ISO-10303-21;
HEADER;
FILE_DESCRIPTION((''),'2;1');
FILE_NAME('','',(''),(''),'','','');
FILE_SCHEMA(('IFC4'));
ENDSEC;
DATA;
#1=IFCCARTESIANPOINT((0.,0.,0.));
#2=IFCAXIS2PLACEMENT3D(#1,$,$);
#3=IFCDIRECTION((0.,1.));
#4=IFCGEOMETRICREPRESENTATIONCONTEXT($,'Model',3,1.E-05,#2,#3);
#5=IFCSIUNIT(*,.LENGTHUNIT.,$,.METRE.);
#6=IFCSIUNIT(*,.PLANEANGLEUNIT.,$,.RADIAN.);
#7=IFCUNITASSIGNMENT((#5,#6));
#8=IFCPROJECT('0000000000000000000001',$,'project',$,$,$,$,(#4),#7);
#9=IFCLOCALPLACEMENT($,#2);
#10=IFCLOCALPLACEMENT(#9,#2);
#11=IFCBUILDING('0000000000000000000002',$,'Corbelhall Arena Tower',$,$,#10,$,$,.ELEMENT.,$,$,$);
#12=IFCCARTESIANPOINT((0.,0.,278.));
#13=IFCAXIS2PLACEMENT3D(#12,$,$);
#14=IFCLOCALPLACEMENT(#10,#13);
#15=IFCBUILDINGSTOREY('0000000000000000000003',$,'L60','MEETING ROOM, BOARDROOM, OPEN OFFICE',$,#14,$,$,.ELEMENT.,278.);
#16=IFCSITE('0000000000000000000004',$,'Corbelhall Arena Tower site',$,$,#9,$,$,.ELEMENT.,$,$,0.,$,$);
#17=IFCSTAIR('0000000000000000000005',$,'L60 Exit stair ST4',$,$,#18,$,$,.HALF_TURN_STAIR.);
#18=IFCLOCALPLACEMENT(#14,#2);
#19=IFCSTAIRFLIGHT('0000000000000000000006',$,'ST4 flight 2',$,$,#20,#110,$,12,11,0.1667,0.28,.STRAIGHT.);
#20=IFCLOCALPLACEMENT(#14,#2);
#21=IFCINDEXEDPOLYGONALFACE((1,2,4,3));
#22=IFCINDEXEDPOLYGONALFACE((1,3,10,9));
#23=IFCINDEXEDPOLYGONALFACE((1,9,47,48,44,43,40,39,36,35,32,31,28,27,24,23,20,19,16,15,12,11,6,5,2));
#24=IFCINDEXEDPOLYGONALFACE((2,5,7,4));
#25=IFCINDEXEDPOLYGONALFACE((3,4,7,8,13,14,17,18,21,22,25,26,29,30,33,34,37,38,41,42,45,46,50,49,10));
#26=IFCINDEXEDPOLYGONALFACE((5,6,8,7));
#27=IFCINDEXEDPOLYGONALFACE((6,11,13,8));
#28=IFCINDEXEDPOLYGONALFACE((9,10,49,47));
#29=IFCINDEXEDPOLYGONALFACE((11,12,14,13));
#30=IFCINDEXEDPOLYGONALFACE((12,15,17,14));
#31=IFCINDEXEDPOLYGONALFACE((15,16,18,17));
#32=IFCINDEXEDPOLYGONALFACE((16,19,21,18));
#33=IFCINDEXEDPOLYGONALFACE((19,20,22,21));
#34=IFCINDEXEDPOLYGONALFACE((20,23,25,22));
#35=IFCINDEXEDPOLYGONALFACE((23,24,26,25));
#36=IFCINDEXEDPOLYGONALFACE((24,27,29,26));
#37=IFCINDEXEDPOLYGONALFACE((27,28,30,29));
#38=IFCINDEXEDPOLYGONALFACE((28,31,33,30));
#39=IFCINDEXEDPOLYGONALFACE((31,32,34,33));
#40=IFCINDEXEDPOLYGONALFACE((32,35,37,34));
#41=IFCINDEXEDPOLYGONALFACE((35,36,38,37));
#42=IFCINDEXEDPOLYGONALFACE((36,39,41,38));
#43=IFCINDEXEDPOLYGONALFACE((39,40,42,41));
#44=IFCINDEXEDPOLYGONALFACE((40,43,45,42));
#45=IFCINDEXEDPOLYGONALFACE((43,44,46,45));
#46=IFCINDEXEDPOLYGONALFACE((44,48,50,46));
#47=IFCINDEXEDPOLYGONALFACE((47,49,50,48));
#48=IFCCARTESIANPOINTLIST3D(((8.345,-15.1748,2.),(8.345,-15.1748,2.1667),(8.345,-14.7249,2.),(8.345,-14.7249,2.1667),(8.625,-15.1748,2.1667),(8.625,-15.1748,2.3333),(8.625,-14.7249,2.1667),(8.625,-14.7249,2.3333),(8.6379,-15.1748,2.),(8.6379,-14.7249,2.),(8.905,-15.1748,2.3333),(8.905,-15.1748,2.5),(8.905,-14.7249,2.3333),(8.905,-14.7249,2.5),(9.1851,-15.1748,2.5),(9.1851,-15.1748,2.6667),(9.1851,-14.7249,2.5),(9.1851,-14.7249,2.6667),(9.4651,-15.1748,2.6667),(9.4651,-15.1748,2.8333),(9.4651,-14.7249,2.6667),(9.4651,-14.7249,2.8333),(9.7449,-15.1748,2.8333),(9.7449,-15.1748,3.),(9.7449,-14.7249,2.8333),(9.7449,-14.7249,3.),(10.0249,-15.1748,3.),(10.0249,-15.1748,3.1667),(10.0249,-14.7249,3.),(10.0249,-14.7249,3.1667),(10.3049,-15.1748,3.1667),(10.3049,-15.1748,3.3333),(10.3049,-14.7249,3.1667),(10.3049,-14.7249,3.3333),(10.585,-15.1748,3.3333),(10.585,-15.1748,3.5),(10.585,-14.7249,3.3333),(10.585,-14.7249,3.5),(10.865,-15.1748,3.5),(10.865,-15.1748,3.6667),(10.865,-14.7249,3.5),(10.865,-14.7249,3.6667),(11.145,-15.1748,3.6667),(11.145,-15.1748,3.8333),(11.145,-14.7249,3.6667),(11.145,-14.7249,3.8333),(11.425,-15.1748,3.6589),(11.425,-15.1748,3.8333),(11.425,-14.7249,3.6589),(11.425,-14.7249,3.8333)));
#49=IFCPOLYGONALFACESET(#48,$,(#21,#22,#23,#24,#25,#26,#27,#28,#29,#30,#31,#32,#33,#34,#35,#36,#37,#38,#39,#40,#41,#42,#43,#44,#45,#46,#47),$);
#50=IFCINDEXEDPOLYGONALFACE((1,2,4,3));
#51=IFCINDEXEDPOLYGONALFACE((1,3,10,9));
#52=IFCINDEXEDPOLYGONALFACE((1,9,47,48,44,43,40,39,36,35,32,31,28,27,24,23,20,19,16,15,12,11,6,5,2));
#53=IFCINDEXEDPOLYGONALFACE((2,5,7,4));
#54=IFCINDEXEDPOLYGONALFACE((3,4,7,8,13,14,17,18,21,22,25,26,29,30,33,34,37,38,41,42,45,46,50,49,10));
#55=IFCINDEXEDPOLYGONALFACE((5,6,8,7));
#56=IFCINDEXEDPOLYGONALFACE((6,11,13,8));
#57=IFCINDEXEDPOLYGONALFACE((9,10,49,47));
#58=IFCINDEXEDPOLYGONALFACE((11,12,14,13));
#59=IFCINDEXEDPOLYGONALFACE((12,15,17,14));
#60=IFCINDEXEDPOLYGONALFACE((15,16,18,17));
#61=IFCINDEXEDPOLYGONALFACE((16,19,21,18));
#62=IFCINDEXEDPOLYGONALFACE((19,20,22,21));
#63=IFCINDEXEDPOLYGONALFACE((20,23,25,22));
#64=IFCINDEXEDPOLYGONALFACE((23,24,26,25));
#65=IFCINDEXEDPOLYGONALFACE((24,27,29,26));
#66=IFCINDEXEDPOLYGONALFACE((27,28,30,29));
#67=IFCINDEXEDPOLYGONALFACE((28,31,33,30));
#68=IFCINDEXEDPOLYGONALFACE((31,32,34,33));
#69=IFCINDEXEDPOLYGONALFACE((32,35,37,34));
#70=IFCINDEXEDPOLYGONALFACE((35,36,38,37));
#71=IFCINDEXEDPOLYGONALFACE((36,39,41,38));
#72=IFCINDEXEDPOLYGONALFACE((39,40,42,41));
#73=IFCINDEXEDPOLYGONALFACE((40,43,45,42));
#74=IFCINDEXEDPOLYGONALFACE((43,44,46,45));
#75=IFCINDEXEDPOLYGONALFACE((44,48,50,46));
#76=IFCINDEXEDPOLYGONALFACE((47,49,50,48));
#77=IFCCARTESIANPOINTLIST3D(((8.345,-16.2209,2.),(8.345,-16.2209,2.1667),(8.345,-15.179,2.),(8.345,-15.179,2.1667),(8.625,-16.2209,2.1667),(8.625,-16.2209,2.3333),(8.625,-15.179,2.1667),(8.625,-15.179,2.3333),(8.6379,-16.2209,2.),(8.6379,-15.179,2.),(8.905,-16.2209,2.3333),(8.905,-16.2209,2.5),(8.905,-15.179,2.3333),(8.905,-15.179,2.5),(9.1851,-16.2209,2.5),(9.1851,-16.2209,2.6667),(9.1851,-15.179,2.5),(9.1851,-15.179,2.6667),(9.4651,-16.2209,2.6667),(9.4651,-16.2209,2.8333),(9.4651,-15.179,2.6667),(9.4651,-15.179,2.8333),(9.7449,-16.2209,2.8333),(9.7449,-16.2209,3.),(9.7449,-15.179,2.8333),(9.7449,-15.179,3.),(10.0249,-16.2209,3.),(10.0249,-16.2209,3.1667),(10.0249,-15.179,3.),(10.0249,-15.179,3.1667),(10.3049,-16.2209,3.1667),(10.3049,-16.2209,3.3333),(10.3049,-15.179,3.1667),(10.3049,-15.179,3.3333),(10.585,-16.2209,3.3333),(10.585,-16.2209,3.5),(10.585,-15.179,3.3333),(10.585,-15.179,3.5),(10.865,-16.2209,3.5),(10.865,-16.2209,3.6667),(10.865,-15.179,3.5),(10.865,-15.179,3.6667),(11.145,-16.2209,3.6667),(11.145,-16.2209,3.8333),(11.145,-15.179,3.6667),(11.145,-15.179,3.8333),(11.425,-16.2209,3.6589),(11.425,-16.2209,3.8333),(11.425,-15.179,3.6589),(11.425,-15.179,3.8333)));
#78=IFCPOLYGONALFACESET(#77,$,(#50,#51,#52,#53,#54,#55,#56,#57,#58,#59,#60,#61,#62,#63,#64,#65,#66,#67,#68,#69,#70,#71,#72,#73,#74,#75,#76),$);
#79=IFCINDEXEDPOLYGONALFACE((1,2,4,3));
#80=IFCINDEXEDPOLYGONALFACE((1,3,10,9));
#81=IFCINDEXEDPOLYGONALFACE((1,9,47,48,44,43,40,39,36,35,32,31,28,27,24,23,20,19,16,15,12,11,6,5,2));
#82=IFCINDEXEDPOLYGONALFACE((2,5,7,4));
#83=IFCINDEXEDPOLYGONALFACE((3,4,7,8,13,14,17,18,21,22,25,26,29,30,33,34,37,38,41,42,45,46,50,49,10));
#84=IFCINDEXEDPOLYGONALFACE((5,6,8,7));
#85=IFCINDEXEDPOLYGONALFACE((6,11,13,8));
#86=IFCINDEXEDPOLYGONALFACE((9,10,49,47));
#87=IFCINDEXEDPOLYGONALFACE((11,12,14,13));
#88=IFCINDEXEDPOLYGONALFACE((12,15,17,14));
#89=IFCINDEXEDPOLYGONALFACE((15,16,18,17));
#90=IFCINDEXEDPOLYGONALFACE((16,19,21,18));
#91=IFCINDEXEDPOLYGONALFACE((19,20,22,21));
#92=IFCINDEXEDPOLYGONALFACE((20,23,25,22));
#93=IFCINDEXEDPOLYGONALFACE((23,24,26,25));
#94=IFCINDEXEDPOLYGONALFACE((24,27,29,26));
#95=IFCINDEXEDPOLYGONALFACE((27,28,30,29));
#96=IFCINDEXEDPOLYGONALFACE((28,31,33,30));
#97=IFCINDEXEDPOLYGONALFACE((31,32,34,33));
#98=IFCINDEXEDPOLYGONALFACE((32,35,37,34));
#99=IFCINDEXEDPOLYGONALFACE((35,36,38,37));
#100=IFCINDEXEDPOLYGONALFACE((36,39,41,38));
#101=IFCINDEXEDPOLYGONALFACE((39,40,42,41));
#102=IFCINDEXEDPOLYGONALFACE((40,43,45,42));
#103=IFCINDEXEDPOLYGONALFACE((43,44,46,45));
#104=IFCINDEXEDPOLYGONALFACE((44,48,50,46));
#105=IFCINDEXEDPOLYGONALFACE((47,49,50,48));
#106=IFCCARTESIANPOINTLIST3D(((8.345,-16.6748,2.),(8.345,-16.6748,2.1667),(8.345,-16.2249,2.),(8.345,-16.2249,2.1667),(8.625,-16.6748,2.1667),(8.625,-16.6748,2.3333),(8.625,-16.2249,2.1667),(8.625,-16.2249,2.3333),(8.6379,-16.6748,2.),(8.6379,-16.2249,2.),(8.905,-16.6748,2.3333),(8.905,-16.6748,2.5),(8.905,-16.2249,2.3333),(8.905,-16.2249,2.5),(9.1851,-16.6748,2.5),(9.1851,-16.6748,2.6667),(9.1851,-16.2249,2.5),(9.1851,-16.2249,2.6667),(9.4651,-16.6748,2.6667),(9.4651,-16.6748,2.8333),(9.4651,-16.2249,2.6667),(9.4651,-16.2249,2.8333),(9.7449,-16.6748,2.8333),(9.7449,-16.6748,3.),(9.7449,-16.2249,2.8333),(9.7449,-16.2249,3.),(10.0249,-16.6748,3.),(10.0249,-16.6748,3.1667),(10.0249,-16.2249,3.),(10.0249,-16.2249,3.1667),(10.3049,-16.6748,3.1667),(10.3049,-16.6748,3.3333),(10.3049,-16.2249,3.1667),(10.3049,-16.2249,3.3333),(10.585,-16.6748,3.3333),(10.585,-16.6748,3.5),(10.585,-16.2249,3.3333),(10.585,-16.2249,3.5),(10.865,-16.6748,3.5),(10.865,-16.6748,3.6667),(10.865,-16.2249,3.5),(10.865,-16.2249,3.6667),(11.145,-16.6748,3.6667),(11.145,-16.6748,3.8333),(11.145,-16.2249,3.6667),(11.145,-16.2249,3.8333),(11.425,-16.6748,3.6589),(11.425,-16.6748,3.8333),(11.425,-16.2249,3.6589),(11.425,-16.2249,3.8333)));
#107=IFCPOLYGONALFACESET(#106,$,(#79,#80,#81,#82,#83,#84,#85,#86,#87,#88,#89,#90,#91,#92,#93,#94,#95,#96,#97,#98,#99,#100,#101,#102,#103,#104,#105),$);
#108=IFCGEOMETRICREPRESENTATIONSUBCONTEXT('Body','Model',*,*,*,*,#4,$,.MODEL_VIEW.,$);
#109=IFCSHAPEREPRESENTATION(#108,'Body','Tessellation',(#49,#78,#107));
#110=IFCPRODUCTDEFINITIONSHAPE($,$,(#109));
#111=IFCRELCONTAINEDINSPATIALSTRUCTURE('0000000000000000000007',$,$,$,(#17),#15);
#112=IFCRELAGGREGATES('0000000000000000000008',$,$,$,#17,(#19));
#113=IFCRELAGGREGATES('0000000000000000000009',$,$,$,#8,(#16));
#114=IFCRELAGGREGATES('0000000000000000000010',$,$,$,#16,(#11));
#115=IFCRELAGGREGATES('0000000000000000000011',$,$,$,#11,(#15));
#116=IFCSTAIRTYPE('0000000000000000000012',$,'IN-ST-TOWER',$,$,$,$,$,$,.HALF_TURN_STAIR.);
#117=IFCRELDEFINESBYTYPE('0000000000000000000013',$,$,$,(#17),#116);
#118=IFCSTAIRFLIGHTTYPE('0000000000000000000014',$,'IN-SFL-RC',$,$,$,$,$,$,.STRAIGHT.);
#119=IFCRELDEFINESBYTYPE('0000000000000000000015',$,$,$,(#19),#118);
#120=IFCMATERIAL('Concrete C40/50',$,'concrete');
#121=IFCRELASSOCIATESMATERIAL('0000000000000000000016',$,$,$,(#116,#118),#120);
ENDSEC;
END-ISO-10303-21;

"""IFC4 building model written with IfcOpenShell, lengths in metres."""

from ifc_helpers import new_model, si_unit, direction, frame, origin, place, context, subcontext, project, spatial, polyline, outline, extrude, material, type_object, element, aggregate, save


model = new_model("IFC4")

# Units and contexts
model_context = context("Model", 3, precision=1e-05, world=origin(), true_north=direction((0.0, 1.0)))
body_context = subcontext(model_context, "Body", "Model", "MODEL_VIEW")
ifc_project = project(units=[si_unit("LENGTHUNIT", "METRE"), si_unit("PLANEANGLEUNIT", "RADIAN")], contexts=[model_context])

# Site, building, storey
site_placement = place(None, origin())
site = spatial("IfcSite", under=ifc_project, at=site_placement, Name="Corbelhall Arena Tower site", CompositionType="ELEMENT", RefElevation=0.0)
building_placement = place(site_placement, origin())
building = spatial("IfcBuilding", under=site, at=building_placement, Name="Corbelhall Arena Tower", CompositionType="ELEMENT")
storey_placement = place(building_placement, frame((0.0, 0.0, 278.0)))
storey = spatial("IfcBuildingStorey", under=building, at=storey_placement, Name="L60", Description="MEETING ROOM, BOARDROOM, OPEN OFFICE", CompositionType="ELEMENT", Elevation=278.0)

# Shared definitions
ifc_material_1 = material(Name="Concrete C40/50", Category="concrete")

# Stair, stair flight
stair_type = type_object("IfcStairType", Name="IN-ST-TOWER", PredefinedType="HALF_TURN_STAIR", material=ifc_material_1)
stair_placement = place(storey_placement, origin())
stair = element("IfcStair", 1, at=stair_placement, inside=storey, type_object=stair_type, Name="L60 Exit stair ST4", PredefinedType="HALF_TURN_STAIR")
stair_flight_type = type_object("IfcStairFlightType", Name="IN-SFL-RC", PredefinedType="STRAIGHT", material=ifc_material_1)
stair_flight_1_placement = place(storey_placement, frame((8.345, -15.7, 2.0), z_axis=(0.0, 0.0, 1.0), x_axis=(1.0, 0.0, 0.0)))
stair_flight_1 = element("IfcStairFlight", 2, at=stair_flight_1_placement, type_object=stair_flight_type, Name="ST4 flight 2", NumberOfRisers=12, NumberOfTreads=11, PredefinedType="STRAIGHT", RiserHeight=0.1667, TreadLength=0.28, context=body_context, shape_type="SweptSolid", body=[
    extrude(outline(polyline([(0.0, 0.0), (0.0, 0.1667), (0.28, 0.1667), (0.28, 0.3333), (0.5601, 0.3333), (0.5601, 0.5), (0.8401, 0.5), (0.8401, 0.6667), (1.1201, 0.6667), (1.1201, 0.8333), (1.3999, 0.8333), (1.3999, 1.0), (1.6799, 1.0), (1.6799, 1.1667), (1.96, 1.1667), (1.96, 1.3333), (2.24, 1.3333), (2.24, 1.5), (2.52, 1.5), (2.52, 1.6667), (2.8, 1.6667), (2.8, 1.8333), (3.0801, 1.8333), (3.0801, 2.0), (3.0801, 1.6589), (0.293, 0.0), (0.0, 0.0)])), frame((0.0, 0.9751, 0.0), z_axis=(0.0, -1.0, 0.0), x_axis=(1.0, 0.0, 0.0)), (0.0, 0.0, 1.0), 0.45),
    extrude(outline(polyline([(0.0, 0.0), (0.0, 0.1667), (0.28, 0.1667), (0.28, 0.3333), (0.5601, 0.3333), (0.5601, 0.5), (0.8401, 0.5), (0.8401, 0.6667), (1.1201, 0.6667), (1.1201, 0.8333), (1.3999, 0.8333), (1.3999, 1.0), (1.6799, 1.0), (1.6799, 1.1667), (1.96, 1.1667), (1.96, 1.3333), (2.24, 1.3333), (2.24, 1.5), (2.52, 1.5), (2.52, 1.6667), (2.8, 1.6667), (2.8, 1.8333), (3.0801, 1.8333), (3.0801, 2.0), (3.0801, 1.6589), (0.293, 0.0), (0.0, 0.0)])), frame((0.0, 0.521, 0.0), z_axis=(0.0, -1.0, 0.0), x_axis=(1.0, 0.0, 0.0)), (0.0, 0.0, 1.0), 1.042),
    extrude(outline(polyline([(0.0, 0.0), (0.0, 0.1667), (0.28, 0.1667), (0.28, 0.3333), (0.5601, 0.3333), (0.5601, 0.5), (0.8401, 0.5), (0.8401, 0.6667), (1.1201, 0.6667), (1.1201, 0.8333), (1.3999, 0.8333), (1.3999, 1.0), (1.6799, 1.0), (1.6799, 1.1667), (1.96, 1.1667), (1.96, 1.3333), (2.24, 1.3333), (2.24, 1.5), (2.52, 1.5), (2.52, 1.6667), (2.8, 1.6667), (2.8, 1.8333), (3.0801, 1.8333), (3.0801, 2.0), (3.0801, 1.6589), (0.293, 0.0), (0.0, 0.0)])), frame((0.0, -0.5249, 0.0), z_axis=(0.0, -1.0, 0.0), x_axis=(1.0, 0.0, 0.0)), (0.0, 0.0, 1.0), 0.45),
])
aggregate(stair, [stair_flight_1])

save(model, "model.ifc")
